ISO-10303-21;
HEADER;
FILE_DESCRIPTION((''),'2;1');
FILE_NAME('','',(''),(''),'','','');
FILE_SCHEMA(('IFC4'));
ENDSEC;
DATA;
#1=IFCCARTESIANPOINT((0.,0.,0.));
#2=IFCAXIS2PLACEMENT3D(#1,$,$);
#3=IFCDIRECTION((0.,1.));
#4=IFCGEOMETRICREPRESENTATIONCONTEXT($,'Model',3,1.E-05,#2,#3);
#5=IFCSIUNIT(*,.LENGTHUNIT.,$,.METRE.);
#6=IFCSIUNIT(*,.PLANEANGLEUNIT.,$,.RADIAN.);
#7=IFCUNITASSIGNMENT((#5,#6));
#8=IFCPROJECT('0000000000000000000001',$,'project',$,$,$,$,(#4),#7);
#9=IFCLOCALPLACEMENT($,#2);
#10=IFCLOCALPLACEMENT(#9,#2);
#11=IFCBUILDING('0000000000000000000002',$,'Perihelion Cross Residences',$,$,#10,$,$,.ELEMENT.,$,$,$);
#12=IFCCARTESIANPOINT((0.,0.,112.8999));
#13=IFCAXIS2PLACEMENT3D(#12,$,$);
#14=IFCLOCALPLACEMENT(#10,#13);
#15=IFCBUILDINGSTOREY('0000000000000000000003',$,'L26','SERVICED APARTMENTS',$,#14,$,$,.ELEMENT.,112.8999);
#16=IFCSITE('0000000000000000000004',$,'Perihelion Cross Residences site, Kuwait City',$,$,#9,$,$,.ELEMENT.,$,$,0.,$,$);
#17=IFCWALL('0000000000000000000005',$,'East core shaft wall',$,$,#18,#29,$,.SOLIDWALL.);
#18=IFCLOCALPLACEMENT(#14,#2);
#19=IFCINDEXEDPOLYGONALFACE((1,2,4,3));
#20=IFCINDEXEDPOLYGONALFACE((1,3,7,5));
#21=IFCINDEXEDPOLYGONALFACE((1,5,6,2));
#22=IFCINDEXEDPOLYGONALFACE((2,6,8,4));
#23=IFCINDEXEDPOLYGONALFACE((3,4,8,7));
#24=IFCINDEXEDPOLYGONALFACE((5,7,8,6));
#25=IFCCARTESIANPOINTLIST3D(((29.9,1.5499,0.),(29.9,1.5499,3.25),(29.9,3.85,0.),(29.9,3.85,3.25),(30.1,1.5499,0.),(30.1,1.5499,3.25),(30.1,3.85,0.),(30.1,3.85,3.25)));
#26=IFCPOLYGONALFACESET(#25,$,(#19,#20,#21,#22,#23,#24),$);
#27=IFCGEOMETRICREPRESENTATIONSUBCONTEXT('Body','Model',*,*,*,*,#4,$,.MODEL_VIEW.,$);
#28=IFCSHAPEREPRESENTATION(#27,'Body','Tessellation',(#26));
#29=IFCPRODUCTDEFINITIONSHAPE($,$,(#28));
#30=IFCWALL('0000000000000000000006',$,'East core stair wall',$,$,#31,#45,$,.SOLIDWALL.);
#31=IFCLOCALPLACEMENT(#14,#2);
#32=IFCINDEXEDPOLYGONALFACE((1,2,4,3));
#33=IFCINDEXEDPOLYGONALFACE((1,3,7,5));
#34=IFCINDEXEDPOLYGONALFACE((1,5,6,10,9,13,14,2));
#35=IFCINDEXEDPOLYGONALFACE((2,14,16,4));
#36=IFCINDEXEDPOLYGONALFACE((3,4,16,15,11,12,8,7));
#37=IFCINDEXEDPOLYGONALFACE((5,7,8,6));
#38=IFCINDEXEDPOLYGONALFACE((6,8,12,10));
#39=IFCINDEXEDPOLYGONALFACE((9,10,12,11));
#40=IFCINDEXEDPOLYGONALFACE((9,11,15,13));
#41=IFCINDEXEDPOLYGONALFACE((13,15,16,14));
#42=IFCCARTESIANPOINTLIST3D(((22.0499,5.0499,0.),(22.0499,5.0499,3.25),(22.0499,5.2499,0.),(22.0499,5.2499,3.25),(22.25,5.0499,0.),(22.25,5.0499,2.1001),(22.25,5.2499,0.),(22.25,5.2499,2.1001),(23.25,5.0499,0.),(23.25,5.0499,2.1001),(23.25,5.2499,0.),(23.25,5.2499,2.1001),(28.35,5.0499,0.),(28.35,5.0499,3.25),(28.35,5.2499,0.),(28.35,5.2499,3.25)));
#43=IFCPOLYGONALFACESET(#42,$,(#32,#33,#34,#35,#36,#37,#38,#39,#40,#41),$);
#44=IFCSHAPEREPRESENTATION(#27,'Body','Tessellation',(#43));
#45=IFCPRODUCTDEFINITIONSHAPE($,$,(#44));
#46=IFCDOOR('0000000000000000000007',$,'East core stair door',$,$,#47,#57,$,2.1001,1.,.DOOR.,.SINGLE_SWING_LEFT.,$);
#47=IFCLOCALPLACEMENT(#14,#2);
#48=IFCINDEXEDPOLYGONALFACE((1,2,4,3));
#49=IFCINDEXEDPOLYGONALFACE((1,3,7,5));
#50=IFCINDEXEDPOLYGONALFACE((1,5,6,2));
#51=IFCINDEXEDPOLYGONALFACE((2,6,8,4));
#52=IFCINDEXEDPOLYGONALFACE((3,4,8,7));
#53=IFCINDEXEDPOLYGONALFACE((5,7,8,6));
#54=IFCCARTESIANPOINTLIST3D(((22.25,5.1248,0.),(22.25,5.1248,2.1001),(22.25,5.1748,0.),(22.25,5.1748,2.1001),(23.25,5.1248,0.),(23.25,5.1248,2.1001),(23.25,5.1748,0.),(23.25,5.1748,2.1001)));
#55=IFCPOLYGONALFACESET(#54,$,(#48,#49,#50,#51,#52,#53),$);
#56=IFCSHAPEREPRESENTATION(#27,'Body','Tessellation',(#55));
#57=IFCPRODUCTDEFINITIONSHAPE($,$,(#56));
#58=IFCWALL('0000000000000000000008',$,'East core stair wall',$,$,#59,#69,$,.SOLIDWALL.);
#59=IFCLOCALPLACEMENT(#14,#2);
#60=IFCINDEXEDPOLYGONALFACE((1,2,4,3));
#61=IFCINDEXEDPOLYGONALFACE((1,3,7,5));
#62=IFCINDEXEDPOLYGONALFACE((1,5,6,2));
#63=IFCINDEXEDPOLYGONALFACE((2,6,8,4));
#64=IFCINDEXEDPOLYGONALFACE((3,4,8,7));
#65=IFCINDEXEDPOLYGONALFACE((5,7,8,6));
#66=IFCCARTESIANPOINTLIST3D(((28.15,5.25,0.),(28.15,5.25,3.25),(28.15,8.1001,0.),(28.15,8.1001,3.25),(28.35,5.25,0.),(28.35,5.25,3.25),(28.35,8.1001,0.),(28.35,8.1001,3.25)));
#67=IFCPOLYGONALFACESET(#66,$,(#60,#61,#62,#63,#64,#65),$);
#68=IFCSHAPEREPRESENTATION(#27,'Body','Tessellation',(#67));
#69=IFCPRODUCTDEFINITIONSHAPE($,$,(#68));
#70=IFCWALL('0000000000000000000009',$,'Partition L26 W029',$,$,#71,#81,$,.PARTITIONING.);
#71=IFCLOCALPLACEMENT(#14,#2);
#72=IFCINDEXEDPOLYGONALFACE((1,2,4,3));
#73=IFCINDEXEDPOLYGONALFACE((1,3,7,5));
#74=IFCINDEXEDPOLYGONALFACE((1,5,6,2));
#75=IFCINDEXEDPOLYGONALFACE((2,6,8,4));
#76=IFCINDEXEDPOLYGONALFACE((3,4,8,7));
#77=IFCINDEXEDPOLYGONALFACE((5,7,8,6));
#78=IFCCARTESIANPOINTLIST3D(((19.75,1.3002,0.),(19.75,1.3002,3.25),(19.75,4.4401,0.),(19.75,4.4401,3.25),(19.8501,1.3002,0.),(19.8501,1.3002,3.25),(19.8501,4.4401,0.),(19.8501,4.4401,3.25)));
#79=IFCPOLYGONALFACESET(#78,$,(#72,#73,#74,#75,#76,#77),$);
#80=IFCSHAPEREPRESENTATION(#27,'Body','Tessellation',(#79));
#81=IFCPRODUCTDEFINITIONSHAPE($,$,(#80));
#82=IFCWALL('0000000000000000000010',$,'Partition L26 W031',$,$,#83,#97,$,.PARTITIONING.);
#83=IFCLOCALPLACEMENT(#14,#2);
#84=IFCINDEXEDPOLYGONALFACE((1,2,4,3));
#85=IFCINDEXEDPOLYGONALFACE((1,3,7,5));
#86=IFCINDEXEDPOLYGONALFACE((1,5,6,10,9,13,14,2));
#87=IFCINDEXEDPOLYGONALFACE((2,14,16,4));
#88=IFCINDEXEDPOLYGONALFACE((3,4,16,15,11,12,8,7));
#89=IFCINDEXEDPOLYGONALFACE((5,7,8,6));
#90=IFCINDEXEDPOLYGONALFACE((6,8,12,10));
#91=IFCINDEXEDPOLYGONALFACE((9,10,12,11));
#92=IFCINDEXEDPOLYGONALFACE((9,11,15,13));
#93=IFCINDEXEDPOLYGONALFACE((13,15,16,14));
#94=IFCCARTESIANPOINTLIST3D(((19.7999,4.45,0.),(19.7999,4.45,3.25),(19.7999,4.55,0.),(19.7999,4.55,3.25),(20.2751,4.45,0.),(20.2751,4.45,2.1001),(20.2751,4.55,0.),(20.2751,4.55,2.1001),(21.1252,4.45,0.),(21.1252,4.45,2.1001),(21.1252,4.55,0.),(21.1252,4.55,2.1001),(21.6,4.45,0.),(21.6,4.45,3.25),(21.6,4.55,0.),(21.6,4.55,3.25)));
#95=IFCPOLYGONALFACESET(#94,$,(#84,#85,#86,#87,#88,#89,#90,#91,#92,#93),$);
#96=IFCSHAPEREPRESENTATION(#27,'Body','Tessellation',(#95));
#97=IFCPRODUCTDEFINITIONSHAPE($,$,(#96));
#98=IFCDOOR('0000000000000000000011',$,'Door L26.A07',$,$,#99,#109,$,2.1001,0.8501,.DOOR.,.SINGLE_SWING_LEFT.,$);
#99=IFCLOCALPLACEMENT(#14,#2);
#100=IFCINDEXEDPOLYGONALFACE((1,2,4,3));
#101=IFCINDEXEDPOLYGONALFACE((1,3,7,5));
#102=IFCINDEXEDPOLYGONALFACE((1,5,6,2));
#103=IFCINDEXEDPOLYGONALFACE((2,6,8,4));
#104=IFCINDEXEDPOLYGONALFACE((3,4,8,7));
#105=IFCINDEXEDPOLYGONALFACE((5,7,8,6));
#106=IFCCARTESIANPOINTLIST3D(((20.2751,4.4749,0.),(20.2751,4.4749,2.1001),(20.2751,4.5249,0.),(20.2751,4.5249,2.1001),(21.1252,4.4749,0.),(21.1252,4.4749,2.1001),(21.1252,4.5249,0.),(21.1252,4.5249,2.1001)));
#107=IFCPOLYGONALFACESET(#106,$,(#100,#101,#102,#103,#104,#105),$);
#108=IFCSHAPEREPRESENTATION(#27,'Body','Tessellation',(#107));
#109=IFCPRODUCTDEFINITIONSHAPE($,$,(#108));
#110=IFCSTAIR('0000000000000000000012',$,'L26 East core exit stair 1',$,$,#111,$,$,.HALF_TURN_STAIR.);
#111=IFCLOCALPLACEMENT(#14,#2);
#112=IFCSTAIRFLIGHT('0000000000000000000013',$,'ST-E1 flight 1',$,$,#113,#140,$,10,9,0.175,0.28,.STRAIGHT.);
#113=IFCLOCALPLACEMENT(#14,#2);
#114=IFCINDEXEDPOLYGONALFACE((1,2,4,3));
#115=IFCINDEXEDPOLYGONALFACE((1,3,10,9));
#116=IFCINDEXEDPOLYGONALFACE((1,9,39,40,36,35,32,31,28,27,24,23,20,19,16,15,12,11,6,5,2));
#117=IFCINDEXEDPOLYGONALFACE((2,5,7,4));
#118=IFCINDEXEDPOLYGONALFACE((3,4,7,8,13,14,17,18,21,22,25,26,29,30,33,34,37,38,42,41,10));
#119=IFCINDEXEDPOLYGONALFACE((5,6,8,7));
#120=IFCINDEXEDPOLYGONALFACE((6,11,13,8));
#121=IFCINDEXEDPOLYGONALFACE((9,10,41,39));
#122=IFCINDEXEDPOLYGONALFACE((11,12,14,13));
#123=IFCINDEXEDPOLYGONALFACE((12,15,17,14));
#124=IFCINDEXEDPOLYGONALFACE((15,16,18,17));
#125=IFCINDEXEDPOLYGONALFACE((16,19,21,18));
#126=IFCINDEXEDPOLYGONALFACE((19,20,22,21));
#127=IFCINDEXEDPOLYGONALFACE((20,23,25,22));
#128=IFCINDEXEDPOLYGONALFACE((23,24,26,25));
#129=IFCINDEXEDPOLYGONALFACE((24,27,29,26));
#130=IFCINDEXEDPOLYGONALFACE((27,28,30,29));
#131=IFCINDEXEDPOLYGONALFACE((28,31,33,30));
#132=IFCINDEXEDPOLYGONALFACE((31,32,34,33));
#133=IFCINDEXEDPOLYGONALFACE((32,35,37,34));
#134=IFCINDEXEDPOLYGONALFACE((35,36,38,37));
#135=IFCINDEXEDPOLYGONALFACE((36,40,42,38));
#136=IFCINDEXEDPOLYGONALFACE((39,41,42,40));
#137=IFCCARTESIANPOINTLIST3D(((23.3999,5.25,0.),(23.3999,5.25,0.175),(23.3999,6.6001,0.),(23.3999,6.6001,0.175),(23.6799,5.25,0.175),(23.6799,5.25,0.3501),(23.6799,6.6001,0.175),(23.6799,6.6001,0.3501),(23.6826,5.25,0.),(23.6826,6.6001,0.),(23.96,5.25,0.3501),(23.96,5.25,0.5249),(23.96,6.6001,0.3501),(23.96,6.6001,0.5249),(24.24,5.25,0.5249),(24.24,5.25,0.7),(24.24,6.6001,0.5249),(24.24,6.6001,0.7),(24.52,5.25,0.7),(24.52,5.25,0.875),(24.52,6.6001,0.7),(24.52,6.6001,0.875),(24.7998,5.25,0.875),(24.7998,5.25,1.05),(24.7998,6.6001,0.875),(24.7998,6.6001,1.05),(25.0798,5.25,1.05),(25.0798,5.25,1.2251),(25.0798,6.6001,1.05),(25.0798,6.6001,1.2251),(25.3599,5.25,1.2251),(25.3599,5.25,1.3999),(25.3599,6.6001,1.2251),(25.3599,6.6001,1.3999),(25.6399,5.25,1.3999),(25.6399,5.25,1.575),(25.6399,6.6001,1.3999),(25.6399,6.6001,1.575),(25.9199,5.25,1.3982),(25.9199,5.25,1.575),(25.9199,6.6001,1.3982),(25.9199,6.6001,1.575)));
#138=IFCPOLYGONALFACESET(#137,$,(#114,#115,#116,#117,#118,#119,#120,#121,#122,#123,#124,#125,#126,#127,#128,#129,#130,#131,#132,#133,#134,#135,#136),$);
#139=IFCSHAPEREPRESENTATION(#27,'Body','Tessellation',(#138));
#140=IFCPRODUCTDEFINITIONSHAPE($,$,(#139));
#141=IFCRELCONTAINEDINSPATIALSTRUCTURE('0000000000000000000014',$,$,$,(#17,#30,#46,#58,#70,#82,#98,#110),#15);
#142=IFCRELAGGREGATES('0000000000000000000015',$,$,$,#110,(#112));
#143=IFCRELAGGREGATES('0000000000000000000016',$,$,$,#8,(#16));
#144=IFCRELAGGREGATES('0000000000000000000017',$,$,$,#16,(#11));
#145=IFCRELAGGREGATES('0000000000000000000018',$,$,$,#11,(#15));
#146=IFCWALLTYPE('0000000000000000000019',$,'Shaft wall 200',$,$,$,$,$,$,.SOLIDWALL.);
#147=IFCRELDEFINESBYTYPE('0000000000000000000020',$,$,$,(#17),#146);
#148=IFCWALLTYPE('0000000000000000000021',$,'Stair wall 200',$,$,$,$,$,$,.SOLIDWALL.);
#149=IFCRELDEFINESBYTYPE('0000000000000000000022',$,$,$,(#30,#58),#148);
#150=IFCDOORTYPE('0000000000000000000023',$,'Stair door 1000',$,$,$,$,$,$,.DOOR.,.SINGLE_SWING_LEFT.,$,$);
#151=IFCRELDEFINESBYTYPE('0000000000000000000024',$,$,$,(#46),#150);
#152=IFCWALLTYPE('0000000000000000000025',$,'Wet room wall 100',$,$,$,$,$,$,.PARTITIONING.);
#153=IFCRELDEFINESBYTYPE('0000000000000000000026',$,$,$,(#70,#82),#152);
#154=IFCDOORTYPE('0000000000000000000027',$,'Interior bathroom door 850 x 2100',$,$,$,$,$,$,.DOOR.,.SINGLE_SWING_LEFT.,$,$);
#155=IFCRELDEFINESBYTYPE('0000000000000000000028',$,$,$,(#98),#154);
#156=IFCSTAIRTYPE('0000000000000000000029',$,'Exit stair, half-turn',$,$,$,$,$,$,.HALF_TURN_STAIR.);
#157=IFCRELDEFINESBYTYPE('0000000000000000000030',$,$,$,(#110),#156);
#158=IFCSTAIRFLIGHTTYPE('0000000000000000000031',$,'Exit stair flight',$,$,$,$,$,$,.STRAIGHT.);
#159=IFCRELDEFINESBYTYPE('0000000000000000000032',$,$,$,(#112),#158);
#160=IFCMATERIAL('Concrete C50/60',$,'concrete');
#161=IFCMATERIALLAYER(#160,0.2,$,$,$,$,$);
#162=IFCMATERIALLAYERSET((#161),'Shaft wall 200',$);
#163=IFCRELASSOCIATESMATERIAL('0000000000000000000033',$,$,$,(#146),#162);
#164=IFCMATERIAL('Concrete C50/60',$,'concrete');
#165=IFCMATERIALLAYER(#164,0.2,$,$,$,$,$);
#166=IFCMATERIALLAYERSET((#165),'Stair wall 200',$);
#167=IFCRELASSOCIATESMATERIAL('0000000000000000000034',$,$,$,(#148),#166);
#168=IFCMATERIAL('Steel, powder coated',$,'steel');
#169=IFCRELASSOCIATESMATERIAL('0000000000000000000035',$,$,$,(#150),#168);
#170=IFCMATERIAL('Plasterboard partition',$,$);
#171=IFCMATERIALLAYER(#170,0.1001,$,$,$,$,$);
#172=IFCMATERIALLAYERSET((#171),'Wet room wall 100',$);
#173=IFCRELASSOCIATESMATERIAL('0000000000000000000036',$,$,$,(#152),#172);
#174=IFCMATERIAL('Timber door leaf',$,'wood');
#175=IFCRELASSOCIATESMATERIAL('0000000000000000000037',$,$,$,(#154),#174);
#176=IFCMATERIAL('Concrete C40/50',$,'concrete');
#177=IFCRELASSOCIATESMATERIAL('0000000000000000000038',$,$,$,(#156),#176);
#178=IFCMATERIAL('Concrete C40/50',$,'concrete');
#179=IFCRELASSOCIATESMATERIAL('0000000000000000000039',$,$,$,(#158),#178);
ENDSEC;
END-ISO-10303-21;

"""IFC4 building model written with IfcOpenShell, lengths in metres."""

from ifc_helpers import new_model, si_unit, direction, frame, frame_2d, origin, place, context, subcontext, project, spatial, polyline, rectangle, outline, extrude, material, layer, layer_set, type_object, element, fill, aggregate, save


model = new_model("IFC4")

# Units and contexts
model_context = context("Model", 3, precision=1e-05, world=origin(), true_north=direction((0.0, 1.0)))
body_context = subcontext(model_context, "Body", "Model", "MODEL_VIEW")
ifc_project = project(units=[si_unit("LENGTHUNIT", "METRE"), si_unit("PLANEANGLEUNIT", "RADIAN")], contexts=[model_context])

# Site, building, storey
site_placement = place(None, origin())
site = spatial("IfcSite", under=ifc_project, at=site_placement, Name="Perihelion Cross Residences site, Kuwait City", CompositionType="ELEMENT", RefElevation=0.0)
building_placement = place(site_placement, origin())
building = spatial("IfcBuilding", under=site, at=building_placement, Name="Perihelion Cross Residences", CompositionType="ELEMENT")
storey_placement = place(building_placement, frame((0.0, 0.0, 112.8999)))
storey = spatial("IfcBuildingStorey", under=building, at=storey_placement, Name="L26", Description="SERVICED APARTMENTS", CompositionType="ELEMENT", Elevation=112.8999)

# Shared definitions
ifc_material_1 = material(Name="Concrete C50/60", Category="concrete")
ifc_layer_1 = layer(ifc_material_1, 0.2)
ifc_layer_set_1 = layer_set([ifc_layer_1], Name="Shaft wall 200")
wall_type_1 = type_object("IfcWallType", Name="Shaft wall 200", PredefinedType="SOLIDWALL", material=ifc_layer_set_1)

# Wall
wall_1_placement = place(storey_placement, frame((30.0, 1.55, 0.0), z_axis=(0.0, 0.0, 1.0), x_axis=(0.0, 1.0, 0.0)))
element("IfcWall", 1, at=wall_1_placement, inside=storey, type_object=wall_type_1, Name="East core shaft wall", PredefinedType="SOLIDWALL", context=body_context, shape_type="SweptSolid", body=[
    extrude(rectangle(XDim=2.3, YDim=0.2, at=frame_2d((1.1499, 0.0))), origin(), (0.0, 0.0, 1.0), 3.25),
])

# Wall, opening, door
ifc_material_2 = material(Name="Concrete C50/60", Category="concrete")
ifc_layer_2 = layer(ifc_material_2, 0.2)
ifc_layer_set_2 = layer_set([ifc_layer_2], Name="Stair wall 200")
wall_type_2 = type_object("IfcWallType", Name="Stair wall 200", PredefinedType="SOLIDWALL", material=ifc_layer_set_2)
wall_2_placement = place(storey_placement, frame((22.05, 5.1499, 0.0), z_axis=(0.0, 0.0, 1.0), x_axis=(1.0, 0.0, 0.0)))
wall_2 = element("IfcWall", 2, at=wall_2_placement, inside=storey, type_object=wall_type_2, Name="East core stair wall", PredefinedType="SOLIDWALL", context=body_context, shape_type="SweptSolid", body=[
    extrude(rectangle(XDim=6.3, YDim=0.2, at=frame_2d((3.1499, 0.0))), origin(), (0.0, 0.0, 1.0), 3.25),
])
opening_1_placement = place(wall_2_placement, frame((0.2, 0.0, 0.0)))
opening_1 = element("IfcOpeningElement", 3, at=opening_1_placement, cuts=wall_2, PredefinedType="OPENING", context=body_context, shape_type="SweptSolid", body=[
    extrude(rectangle(XDim=1.0, YDim=2.1001, at=frame_2d((0.5, 1.05))), frame((0.0, 0.1099, 0.0), z_axis=(0.0, -1.0, 0.0), x_axis=(1.0, 0.0, 0.0)), (0.0, 0.0, 1.0), 0.22),
])
ifc_material_3 = material(Name="Steel, powder coated", Category="steel")
door_type_1 = type_object("IfcDoorType", Name="Stair door 1000", OperationType="SINGLE_SWING_LEFT", PredefinedType="DOOR", material=ifc_material_3)
door_1_placement = place(opening_1_placement, origin())
door_1 = element("IfcDoor", 4, at=door_1_placement, inside=storey, type_object=door_type_1, Name="East core stair door", OperationType="SINGLE_SWING_LEFT", OverallHeight=2.1001, OverallWidth=1.0, PredefinedType="DOOR", context=body_context, shape_type="SweptSolid", body=[
    extrude(rectangle(XDim=1.0, YDim=2.1001, at=frame_2d((0.5, 1.05))), frame((0.0, 0.0249, 0.0), z_axis=(0.0, -1.0, 0.0), x_axis=(1.0, 0.0, 0.0)), (0.0, 0.0, 1.0), 0.05),
])
fill(opening_1, door_1)

# Walls
wall_3_placement = place(storey_placement, frame((28.25, 5.25, 0.0), z_axis=(0.0, 0.0, 1.0), x_axis=(0.0, 1.0, 0.0)))
element("IfcWall", 5, at=wall_3_placement, inside=storey, type_object=wall_type_2, Name="East core stair wall", PredefinedType="SOLIDWALL", context=body_context, shape_type="SweptSolid", body=[
    extrude(rectangle(XDim=2.8501, YDim=0.2, at=frame_2d((1.425, 0.0))), origin(), (0.0, 0.0, 1.0), 3.25),
])
ifc_material_4 = material(Name="Plasterboard partition")
ifc_layer_3 = layer(ifc_material_4, 0.1001)
ifc_layer_set_3 = layer_set([ifc_layer_3], Name="Wet room wall 100")
wall_type_3 = type_object("IfcWallType", Name="Wet room wall 100", PredefinedType="PARTITIONING", material=ifc_layer_set_3)
wall_4_placement = place(storey_placement, frame((19.8, 4.4399, 0.0), z_axis=(0.0, 0.0, 1.0), x_axis=(0.0, -1.0, 0.0)))
element("IfcWall", 6, at=wall_4_placement, inside=storey, type_object=wall_type_3, Name="Partition L26 W029", PredefinedType="PARTITIONING", context=body_context, shape_type="SweptSolid", body=[
    extrude(rectangle(XDim=3.1399, YDim=0.1001, at=frame_2d((1.5698, 0.0))), origin(), (0.0, 0.0, 1.0), 3.25),
])

# Wall, opening, door
wall_5_placement = place(storey_placement, frame((19.8, 4.5, 0.0), z_axis=(0.0, 0.0, 1.0), x_axis=(1.0, 0.0, 0.0)))
wall_5 = element("IfcWall", 7, at=wall_5_placement, inside=storey, type_object=wall_type_3, Name="Partition L26 W031", PredefinedType="PARTITIONING", context=body_context, shape_type="SweptSolid", body=[
    extrude(rectangle(XDim=1.8, YDim=0.1001, at=frame_2d((0.8999, 0.0))), origin(), (0.0, 0.0, 1.0), 3.25),
])
opening_2_placement = place(wall_5_placement, frame((0.4751, 0.0, 0.0)))
opening_2 = element("IfcOpeningElement", 8, at=opening_2_placement, cuts=wall_5, PredefinedType="OPENING", context=body_context, shape_type="SweptSolid", body=[
    extrude(rectangle(XDim=0.8501, YDim=2.1001, at=frame_2d((0.425, 1.05))), frame((0.0, 0.0601, 0.0), z_axis=(0.0, -1.0, 0.0), x_axis=(1.0, 0.0, 0.0)), (0.0, 0.0, 1.0), 0.1201),
])
ifc_material_5 = material(Name="Timber door leaf", Category="wood")
door_type_2 = type_object("IfcDoorType", Name="Interior bathroom door 850 x 2100", OperationType="SINGLE_SWING_LEFT", PredefinedType="DOOR", material=ifc_material_5)
door_2_placement = place(opening_2_placement, origin())
door_2 = element("IfcDoor", 9, at=door_2_placement, inside=storey, type_object=door_type_2, Name="Door L26.A07", OperationType="SINGLE_SWING_LEFT", OverallHeight=2.1001, OverallWidth=0.8501, PredefinedType="DOOR", context=body_context, shape_type="SweptSolid", body=[
    extrude(rectangle(XDim=0.8501, YDim=2.1001, at=frame_2d((0.425, 1.05))), frame((0.0, 0.0249, 0.0), z_axis=(0.0, -1.0, 0.0), x_axis=(1.0, 0.0, 0.0)), (0.0, 0.0, 1.0), 0.05),
])
fill(opening_2, door_2)

# Stair, stair flight
ifc_material_6 = material(Name="Concrete C40/50", Category="concrete")
stair_type = type_object("IfcStairType", Name="Exit stair, half-turn", PredefinedType="HALF_TURN_STAIR", material=ifc_material_6)
stair_placement = place(storey_placement, origin())
stair = element("IfcStair", 10, at=stair_placement, inside=storey, type_object=stair_type, Name="L26 East core exit stair 1", PredefinedType="HALF_TURN_STAIR")
ifc_material_7 = material(Name="Concrete C40/50", Category="concrete")
stair_flight_type = type_object("IfcStairFlightType", Name="Exit stair flight", PredefinedType="STRAIGHT", material=ifc_material_7)
stair_flight_placement = place(storey_placement, frame((23.3999, 5.925, 0.0), z_axis=(0.0, 0.0, 1.0), x_axis=(1.0, 0.0, 0.0)))
stair_flight = element("IfcStairFlight", 11, at=stair_flight_placement, type_object=stair_flight_type, Name="ST-E1 flight 1", NumberOfRisers=10, NumberOfTreads=9, PredefinedType="STRAIGHT", RiserHeight=0.175, TreadLength=0.28, context=body_context, shape_type="SweptSolid", body=[
    extrude(outline(polyline([(0.0, 0.0), (0.0, 0.175), (0.28, 0.175), (0.28, 0.3501), (0.5601, 0.3501), (0.5601, 0.5249), (0.8401, 0.5249), (0.8401, 0.7), (1.1201, 0.7), (1.1201, 0.875), (1.3999, 0.875), (1.3999, 1.05), (1.6799, 1.05), (1.6799, 1.2251), (1.96, 1.2251), (1.96, 1.3999), (2.24, 1.3999), (2.24, 1.575), (2.52, 1.575), (2.52, 1.75), (2.52, 1.3982), (0.2827, 0.0), (0.0, 0.0)])), frame((0.0, 0.675, 0.0), z_axis=(0.0, -1.0, 0.0), x_axis=(1.0, 0.0, 0.0)), (0.0, 0.0, 1.0), 1.3501),
])
aggregate(stair, [stair_flight])

save(model, "model.ifc")
